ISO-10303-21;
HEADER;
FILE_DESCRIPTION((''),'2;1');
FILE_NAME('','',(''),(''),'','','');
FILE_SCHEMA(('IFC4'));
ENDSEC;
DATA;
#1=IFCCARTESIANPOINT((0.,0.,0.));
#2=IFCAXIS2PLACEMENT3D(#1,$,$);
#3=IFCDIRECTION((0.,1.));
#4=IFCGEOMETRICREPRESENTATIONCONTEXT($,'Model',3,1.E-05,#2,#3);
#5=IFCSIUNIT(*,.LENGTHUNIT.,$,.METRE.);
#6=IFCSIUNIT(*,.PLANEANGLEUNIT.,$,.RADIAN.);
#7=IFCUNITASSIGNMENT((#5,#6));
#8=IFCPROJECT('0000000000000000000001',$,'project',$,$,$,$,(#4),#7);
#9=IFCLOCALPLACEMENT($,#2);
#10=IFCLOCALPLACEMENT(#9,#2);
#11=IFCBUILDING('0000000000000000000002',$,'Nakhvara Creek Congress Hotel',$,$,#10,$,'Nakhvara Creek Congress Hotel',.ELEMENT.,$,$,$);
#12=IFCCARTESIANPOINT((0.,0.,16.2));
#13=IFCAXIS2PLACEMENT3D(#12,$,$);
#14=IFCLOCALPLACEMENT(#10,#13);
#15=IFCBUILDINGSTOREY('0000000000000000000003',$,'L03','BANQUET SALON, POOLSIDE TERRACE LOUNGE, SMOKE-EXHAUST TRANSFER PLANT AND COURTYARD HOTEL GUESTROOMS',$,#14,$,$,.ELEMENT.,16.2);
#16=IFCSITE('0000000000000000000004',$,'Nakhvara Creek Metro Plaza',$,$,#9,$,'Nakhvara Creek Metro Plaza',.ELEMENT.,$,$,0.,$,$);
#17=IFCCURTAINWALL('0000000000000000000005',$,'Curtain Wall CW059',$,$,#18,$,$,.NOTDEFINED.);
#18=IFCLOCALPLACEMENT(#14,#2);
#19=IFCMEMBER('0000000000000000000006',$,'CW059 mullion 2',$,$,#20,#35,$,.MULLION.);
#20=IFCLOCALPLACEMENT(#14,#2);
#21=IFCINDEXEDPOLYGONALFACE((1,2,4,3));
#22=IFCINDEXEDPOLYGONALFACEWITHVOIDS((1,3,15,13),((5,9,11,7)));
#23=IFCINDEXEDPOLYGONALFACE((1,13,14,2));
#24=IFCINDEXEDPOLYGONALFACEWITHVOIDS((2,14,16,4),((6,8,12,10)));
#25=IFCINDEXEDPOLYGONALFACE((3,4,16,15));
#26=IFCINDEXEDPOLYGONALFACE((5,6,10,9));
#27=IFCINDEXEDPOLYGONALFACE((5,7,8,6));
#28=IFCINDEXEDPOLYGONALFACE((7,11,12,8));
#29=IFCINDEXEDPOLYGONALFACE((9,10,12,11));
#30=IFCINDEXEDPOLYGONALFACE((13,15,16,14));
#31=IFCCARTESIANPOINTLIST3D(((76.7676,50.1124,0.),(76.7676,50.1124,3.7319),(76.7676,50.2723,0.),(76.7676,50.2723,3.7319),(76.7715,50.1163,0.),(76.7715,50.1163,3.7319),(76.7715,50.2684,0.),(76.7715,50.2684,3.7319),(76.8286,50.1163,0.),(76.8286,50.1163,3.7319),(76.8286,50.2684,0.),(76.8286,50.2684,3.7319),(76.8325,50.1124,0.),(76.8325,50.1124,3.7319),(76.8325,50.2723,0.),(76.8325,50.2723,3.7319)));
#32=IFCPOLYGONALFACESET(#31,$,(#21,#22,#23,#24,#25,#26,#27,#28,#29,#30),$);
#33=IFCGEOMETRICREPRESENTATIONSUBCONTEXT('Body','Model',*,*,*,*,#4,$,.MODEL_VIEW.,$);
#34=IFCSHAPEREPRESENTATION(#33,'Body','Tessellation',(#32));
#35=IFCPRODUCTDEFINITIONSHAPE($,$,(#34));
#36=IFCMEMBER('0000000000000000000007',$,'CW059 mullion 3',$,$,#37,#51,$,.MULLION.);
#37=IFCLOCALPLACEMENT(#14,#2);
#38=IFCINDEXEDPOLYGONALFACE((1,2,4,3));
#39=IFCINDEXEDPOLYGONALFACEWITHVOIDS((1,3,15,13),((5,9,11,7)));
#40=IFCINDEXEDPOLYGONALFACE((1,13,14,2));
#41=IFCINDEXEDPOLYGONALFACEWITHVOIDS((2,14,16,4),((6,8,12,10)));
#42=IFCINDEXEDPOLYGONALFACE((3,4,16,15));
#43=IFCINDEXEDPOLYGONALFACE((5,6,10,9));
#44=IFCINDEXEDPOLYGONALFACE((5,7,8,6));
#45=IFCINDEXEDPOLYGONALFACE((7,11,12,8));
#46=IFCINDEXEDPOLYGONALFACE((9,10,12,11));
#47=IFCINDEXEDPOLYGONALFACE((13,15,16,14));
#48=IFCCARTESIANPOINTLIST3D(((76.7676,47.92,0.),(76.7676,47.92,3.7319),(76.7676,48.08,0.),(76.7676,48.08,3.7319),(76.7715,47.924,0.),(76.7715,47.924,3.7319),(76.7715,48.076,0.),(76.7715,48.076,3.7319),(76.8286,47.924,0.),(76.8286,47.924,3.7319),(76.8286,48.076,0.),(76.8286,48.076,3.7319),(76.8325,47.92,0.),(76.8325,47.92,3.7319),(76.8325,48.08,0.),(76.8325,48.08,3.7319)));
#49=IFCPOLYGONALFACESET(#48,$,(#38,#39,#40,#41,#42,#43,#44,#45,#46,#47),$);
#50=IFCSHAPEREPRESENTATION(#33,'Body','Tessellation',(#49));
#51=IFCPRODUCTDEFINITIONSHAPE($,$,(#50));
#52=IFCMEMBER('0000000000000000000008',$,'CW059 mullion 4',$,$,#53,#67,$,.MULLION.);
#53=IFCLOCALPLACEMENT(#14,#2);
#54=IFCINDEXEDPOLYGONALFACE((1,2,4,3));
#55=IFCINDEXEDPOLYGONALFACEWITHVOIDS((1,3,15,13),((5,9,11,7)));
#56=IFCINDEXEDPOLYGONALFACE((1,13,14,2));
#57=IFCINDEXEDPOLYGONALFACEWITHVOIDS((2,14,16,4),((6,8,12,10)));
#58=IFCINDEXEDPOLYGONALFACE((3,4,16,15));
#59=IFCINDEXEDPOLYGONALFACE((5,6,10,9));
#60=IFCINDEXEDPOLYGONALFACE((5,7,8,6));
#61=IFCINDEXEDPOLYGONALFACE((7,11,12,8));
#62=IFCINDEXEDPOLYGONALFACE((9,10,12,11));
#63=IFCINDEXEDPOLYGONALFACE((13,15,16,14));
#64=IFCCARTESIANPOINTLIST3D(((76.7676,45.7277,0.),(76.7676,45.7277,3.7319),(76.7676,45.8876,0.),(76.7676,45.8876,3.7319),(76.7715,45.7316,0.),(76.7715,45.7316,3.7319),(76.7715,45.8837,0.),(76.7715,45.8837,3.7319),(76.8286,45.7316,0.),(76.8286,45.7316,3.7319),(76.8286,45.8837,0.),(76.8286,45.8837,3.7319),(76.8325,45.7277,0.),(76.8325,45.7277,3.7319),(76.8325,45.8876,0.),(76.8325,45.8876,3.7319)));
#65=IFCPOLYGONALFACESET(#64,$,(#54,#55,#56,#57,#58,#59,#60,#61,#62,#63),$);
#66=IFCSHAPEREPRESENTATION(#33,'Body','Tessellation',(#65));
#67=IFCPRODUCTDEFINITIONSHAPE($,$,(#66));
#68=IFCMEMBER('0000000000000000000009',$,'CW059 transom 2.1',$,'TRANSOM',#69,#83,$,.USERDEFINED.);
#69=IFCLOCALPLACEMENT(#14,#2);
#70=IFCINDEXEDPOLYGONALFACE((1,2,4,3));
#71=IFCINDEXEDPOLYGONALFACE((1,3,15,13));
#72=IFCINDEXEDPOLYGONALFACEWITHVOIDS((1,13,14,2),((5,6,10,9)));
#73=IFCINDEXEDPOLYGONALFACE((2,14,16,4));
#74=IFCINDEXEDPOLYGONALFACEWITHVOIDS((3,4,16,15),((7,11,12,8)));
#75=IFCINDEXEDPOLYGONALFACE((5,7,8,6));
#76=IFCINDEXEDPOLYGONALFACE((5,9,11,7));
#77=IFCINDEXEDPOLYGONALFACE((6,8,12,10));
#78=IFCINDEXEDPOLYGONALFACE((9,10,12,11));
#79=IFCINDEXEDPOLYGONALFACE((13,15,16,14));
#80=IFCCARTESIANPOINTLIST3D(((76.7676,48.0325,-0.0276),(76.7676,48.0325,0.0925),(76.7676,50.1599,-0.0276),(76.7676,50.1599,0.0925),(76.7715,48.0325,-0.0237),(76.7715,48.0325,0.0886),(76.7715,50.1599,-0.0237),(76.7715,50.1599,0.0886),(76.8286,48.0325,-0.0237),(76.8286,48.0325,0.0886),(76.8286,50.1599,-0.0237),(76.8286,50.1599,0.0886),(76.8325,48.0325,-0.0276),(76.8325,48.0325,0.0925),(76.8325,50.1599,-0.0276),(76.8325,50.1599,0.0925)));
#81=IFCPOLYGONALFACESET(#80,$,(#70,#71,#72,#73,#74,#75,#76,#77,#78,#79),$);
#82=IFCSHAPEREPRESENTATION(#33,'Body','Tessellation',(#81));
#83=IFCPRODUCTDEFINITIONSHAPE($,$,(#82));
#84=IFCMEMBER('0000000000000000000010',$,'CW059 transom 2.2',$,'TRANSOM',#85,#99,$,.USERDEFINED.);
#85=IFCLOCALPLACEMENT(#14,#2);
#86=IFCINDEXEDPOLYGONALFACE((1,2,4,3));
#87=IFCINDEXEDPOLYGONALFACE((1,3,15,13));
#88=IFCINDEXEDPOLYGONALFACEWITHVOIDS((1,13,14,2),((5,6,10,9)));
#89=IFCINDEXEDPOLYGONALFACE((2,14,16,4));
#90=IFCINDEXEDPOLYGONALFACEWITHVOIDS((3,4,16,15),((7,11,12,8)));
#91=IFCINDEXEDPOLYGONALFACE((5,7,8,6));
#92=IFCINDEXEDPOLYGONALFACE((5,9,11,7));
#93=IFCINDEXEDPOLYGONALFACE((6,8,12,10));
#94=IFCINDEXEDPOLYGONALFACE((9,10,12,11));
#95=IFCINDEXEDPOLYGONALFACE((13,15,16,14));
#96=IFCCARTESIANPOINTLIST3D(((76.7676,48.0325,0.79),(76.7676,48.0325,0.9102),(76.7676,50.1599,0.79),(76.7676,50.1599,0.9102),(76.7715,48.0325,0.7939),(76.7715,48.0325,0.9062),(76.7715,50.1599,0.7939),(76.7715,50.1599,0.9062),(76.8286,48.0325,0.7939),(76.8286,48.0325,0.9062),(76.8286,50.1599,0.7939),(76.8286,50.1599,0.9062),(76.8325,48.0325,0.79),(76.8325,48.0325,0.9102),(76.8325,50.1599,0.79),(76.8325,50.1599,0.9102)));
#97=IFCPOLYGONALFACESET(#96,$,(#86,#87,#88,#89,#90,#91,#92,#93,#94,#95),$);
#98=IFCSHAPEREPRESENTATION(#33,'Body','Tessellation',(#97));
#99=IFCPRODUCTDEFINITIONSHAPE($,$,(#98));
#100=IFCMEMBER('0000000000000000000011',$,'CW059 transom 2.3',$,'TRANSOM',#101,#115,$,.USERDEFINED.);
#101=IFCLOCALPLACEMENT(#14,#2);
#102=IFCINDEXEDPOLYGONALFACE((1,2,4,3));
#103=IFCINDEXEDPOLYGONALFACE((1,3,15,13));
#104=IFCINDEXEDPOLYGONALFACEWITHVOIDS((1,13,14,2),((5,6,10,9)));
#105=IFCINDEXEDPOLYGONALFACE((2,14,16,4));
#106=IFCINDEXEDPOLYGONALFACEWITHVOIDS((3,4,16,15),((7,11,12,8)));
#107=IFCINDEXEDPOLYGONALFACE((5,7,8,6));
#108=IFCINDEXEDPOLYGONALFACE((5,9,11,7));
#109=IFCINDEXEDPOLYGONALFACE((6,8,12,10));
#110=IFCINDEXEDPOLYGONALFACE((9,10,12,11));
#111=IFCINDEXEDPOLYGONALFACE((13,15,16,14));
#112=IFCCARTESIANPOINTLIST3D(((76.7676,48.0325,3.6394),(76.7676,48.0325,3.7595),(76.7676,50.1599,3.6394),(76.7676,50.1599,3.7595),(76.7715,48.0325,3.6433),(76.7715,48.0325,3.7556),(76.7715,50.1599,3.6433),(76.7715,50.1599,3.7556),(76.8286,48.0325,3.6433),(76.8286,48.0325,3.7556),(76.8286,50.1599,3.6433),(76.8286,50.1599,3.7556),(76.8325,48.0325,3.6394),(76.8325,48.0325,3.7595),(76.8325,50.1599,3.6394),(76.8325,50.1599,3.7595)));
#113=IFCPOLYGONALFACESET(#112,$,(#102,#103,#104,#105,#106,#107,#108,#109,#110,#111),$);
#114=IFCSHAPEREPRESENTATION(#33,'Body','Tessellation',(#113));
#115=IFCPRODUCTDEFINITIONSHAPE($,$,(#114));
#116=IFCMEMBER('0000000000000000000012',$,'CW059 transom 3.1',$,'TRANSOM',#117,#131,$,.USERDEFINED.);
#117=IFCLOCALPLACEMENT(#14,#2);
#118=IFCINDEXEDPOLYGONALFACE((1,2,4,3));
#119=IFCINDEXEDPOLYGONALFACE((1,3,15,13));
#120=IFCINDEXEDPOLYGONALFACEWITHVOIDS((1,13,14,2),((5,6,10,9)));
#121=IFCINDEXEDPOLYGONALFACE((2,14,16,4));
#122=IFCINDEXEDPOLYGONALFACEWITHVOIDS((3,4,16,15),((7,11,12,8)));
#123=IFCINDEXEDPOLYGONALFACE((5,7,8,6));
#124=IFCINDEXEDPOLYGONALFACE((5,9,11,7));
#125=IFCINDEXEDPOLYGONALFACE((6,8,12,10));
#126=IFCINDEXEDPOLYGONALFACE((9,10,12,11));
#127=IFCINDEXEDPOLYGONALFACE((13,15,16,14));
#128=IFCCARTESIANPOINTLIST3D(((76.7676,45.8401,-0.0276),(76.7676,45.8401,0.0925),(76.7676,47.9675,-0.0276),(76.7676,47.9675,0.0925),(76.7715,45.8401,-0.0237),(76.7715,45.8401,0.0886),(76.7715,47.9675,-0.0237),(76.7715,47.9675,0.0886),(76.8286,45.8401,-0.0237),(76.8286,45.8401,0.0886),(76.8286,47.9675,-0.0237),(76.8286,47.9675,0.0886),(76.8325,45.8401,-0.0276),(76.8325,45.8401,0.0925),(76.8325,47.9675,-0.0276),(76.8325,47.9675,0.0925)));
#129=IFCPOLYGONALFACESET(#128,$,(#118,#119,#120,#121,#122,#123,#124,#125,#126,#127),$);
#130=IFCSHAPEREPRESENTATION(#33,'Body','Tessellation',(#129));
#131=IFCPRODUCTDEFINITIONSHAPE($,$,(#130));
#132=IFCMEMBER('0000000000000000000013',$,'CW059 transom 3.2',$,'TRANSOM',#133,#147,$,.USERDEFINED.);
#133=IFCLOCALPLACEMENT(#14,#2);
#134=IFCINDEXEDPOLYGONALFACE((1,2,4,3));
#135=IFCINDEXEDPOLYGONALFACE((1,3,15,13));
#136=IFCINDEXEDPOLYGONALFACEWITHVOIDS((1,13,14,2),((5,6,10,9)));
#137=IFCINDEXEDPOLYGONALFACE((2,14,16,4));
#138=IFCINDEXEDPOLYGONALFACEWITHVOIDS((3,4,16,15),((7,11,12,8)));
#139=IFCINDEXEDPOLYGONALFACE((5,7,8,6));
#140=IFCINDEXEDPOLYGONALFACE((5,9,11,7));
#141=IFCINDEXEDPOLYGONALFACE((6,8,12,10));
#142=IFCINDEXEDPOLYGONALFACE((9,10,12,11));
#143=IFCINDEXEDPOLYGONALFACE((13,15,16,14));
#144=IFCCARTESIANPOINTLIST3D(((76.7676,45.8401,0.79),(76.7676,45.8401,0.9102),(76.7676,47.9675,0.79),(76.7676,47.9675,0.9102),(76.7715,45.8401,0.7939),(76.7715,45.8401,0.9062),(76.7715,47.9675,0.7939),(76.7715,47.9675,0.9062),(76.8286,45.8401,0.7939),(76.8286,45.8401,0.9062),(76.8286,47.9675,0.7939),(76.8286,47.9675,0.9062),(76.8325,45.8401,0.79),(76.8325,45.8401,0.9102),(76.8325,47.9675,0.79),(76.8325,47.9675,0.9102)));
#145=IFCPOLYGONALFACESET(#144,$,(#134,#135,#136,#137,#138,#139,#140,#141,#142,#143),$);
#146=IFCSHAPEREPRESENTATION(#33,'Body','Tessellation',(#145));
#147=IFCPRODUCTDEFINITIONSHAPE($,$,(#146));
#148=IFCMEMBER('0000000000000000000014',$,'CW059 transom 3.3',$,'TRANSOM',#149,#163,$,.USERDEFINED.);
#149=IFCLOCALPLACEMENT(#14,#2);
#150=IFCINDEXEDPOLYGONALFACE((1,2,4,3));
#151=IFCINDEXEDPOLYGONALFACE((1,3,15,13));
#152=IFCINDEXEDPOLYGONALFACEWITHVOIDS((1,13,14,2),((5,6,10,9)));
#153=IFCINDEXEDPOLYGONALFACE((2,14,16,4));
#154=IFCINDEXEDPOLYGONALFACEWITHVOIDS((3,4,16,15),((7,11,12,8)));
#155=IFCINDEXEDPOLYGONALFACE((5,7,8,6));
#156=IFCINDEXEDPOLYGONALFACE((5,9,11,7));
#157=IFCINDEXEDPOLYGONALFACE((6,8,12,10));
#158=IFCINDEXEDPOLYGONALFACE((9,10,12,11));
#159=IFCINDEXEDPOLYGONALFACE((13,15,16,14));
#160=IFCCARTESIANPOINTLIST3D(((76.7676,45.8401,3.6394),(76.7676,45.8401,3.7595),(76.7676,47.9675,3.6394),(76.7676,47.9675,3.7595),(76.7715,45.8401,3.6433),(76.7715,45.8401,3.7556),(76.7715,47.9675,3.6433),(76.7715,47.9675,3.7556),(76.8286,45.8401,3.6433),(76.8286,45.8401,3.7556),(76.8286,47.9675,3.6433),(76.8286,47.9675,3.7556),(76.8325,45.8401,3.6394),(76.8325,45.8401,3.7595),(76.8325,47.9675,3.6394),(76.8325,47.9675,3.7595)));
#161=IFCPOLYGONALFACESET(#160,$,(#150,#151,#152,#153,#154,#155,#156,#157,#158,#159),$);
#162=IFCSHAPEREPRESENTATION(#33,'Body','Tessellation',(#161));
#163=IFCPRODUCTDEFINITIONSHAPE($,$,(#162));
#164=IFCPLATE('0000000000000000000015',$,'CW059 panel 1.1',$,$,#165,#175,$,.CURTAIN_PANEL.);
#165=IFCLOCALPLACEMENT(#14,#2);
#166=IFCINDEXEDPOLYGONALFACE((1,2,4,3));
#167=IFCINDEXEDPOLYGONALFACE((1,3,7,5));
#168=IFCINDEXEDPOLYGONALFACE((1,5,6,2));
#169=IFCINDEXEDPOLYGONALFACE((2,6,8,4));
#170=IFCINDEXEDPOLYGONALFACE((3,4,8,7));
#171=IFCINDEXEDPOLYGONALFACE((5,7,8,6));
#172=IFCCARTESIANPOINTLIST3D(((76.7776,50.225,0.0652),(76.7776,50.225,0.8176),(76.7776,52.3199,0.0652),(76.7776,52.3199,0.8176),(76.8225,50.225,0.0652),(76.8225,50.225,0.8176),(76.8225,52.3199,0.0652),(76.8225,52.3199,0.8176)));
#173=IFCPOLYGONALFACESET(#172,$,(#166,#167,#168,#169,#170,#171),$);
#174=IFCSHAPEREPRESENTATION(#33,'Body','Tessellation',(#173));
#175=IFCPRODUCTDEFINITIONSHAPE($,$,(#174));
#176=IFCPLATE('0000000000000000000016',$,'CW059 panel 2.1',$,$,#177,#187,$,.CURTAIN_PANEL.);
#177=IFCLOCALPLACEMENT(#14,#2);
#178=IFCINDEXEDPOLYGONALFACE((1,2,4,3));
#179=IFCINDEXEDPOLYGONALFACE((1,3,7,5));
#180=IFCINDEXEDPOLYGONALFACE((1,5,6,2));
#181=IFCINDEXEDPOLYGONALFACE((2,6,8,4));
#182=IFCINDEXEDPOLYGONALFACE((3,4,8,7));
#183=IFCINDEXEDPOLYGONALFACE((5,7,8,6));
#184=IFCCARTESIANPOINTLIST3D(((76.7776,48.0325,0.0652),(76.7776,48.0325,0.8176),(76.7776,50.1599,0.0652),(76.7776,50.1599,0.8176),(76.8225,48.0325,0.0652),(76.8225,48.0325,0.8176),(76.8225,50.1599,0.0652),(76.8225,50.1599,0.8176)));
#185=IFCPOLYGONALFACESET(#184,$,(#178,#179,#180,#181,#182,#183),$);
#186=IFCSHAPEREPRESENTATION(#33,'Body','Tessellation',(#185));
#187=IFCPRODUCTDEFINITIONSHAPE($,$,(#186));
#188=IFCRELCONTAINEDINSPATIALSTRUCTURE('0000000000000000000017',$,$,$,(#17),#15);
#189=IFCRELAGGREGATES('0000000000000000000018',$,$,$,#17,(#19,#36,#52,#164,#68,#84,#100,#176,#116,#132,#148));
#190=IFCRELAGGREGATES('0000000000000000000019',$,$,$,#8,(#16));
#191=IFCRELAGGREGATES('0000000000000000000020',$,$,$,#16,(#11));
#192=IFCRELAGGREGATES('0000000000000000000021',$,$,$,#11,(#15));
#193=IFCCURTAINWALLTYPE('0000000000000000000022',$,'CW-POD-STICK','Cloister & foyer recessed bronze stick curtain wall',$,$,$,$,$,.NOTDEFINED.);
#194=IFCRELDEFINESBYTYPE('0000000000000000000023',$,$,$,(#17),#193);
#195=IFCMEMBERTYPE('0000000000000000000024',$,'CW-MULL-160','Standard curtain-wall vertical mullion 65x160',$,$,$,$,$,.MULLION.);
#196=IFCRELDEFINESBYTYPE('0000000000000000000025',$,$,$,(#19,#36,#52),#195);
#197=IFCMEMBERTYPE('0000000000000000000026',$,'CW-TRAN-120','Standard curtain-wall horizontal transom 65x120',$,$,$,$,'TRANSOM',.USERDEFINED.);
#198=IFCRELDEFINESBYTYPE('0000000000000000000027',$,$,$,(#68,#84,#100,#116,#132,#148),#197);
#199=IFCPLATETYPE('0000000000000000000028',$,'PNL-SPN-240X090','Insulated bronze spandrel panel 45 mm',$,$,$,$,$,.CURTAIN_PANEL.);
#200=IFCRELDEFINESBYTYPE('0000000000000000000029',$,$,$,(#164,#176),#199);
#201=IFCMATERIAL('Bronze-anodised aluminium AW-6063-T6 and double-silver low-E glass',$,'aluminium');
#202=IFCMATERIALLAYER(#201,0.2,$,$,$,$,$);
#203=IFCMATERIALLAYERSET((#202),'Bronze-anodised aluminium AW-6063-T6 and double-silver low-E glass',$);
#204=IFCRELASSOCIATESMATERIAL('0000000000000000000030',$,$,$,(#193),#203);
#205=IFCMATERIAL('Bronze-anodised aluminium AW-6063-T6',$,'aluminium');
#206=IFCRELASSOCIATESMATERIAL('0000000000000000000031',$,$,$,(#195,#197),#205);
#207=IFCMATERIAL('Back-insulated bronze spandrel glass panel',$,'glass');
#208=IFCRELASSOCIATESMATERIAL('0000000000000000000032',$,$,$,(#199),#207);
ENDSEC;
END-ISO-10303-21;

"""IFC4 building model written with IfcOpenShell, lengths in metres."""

from ifc_helpers import new_model, si_unit, direction, frame, origin, origin_2d, place, context, subcontext, project, spatial, rectangle, hollow_rectangle, extrude, material, layer, layer_set, material_profile, profile_set, type_object, element, aggregate, save


model = new_model("IFC4")

# Units and contexts
model_context = context("Model", 3, precision=1e-05, world=origin(), true_north=direction((0.0, 1.0)))
body_context = subcontext(model_context, "Body", "Model", "MODEL_VIEW")
ifc_project = project(units=[si_unit("LENGTHUNIT", "METRE"), si_unit("PLANEANGLEUNIT", "RADIAN")], contexts=[model_context])

# Site, building, storey
site_placement = place(None, origin())
site = spatial("IfcSite", under=ifc_project, at=site_placement, Name="Nakhvara Creek Metro Plaza", LongName="Nakhvara Creek Metro Plaza", CompositionType="ELEMENT", RefElevation=0.0)
building_placement = place(site_placement, origin())
building = spatial("IfcBuilding", under=site, at=building_placement, Name="Nakhvara Creek Congress Hotel", LongName="Nakhvara Creek Congress Hotel", CompositionType="ELEMENT")
storey_placement = place(building_placement, frame((0.0, 0.0, 16.2)))
storey = spatial("IfcBuildingStorey", under=building, at=storey_placement, Name="L03", Description="BANQUET SALON, POOLSIDE TERRACE LOUNGE, SMOKE-EXHAUST TRANSFER PLANT AND COURTYARD HOTEL GUESTROOMS", CompositionType="ELEMENT", Elevation=16.2)

# Curtain wall, members, plates
ifc_material_1 = material(Name="Bronze-anodised aluminium AW-6063-T6 and double-silver low-E glass", Category="aluminium")
ifc_layer = layer(ifc_material_1, 0.2)
ifc_layer_set = layer_set([ifc_layer], Name="Bronze-anodised aluminium AW-6063-T6 and double-silver low-E glass")
curtain_wall_type = type_object("IfcCurtainWallType", Name="CW-POD-STICK", Description="Cloister & foyer recessed bronze stick curtain wall", PredefinedType="NOTDEFINED", material=ifc_layer_set)
curtain_wall_placement = place(storey_placement, origin())
curtain_wall = element("IfcCurtainWall", 1, at=curtain_wall_placement, inside=storey, type_object=curtain_wall_type, Name="Curtain Wall CW059", PredefinedType="NOTDEFINED")
ifc_material_2 = material(Name="Bronze-anodised aluminium AW-6063-T6", Category="aluminium")
ifc_material_profile_1 = material_profile(ifc_material_2, hollow_rectangle(XDim=0.0649, YDim=0.1599, WallThickness=0.0039, at=origin_2d()), Name="ALU-MULL 65x160x4", Category="LoadBearing")
ifc_profile_set_1 = profile_set([ifc_material_profile_1], Name="Bronze-anodised aluminium AW-6063-T6")
member_type_1 = type_object("IfcMemberType", Name="CW-MULL-160", Description="Standard curtain-wall vertical mullion 65x160", PredefinedType="MULLION", material=ifc_profile_set_1)
member_1_placement = place(storey_placement, frame((76.8, 50.1924, 0.0), z_axis=(0.0, 0.0, 1.0), x_axis=(1.0, 0.0, 0.0)))
member_1 = element("IfcMember", 2, at=member_1_placement, type_object=member_type_1, Name="CW059 mullion 2", PredefinedType="MULLION", context=body_context, shape_type="SweptSolid", body=[
    extrude(hollow_rectangle(XDim=0.0649, YDim=0.1599, WallThickness=0.0039, at=origin_2d()), origin(), (0.0, 0.0, 1.0), 3.7319),
])
member_2_placement = place(storey_placement, frame((76.8, 48.0, 0.0), z_axis=(0.0, 0.0, 1.0), x_axis=(1.0, 0.0, 0.0)))
member_2 = element("IfcMember", 3, at=member_2_placement, type_object=member_type_1, Name="CW059 mullion 3", PredefinedType="MULLION", context=body_context, shape_type="SweptSolid", body=[
    extrude(hollow_rectangle(XDim=0.0649, YDim=0.1599, WallThickness=0.0039, at=origin_2d()), origin(), (0.0, 0.0, 1.0), 3.7319),
])
member_3_placement = place(storey_placement, frame((76.8, 45.8076, 0.0), z_axis=(0.0, 0.0, 1.0), x_axis=(1.0, 0.0, 0.0)))
member_3 = element("IfcMember", 4, at=member_3_placement, type_object=member_type_1, Name="CW059 mullion 4", PredefinedType="MULLION", context=body_context, shape_type="SweptSolid", body=[
    extrude(hollow_rectangle(XDim=0.0649, YDim=0.1599, WallThickness=0.0039, at=origin_2d()), origin(), (0.0, 0.0, 1.0), 3.7319),
])
ifc_material_profile_2 = material_profile(ifc_material_2, hollow_rectangle(XDim=0.0649, YDim=0.1201, WallThickness=0.0039, at=origin_2d()), Name="ALU-TRAN 65x120x4", Category="LoadBearing")
ifc_profile_set_2 = profile_set([ifc_material_profile_2], Name="Bronze-anodised aluminium AW-6063-T6")
member_type_2 = type_object("IfcMemberType", Name="CW-TRAN-120", Description="Standard curtain-wall horizontal transom 65x120", ElementType="TRANSOM", PredefinedType="USERDEFINED", material=ifc_profile_set_2)
member_4_placement = place(storey_placement, frame((76.8, 50.1599, 0.0325), z_axis=(0.0, -1.0, 0.0), x_axis=(1.0, 0.0, 0.0)))
member_4 = element("IfcMember", 5, at=member_4_placement, type_object=member_type_2, Name="CW059 transom 2.1", ObjectType="TRANSOM", PredefinedType="USERDEFINED", context=body_context, shape_type="SweptSolid", body=[
    extrude(hollow_rectangle(XDim=0.0649, YDim=0.1201, WallThickness=0.0039, at=origin_2d()), origin(), (0.0, 0.0, 1.0), 2.1274),
])
member_5_placement = place(storey_placement, frame((76.8, 50.1599, 0.8501), z_axis=(0.0, -1.0, 0.0), x_axis=(1.0, 0.0, 0.0)))
member_5 = element("IfcMember", 6, at=member_5_placement, type_object=member_type_2, Name="CW059 transom 2.2", ObjectType="TRANSOM", PredefinedType="USERDEFINED", context=body_context, shape_type="SweptSolid", body=[
    extrude(hollow_rectangle(XDim=0.0649, YDim=0.1201, WallThickness=0.0039, at=origin_2d()), origin(), (0.0, 0.0, 1.0), 2.1274),
])
member_6_placement = place(storey_placement, frame((76.8, 50.1599, 3.6995), z_axis=(0.0, -1.0, 0.0), x_axis=(1.0, 0.0, 0.0)))
member_6 = element("IfcMember", 7, at=member_6_placement, type_object=member_type_2, Name="CW059 transom 2.3", ObjectType="TRANSOM", PredefinedType="USERDEFINED", context=body_context, shape_type="SweptSolid", body=[
    extrude(hollow_rectangle(XDim=0.0649, YDim=0.1201, WallThickness=0.0039, at=origin_2d()), origin(), (0.0, 0.0, 1.0), 2.1274),
])
member_7_placement = place(storey_placement, frame((76.8, 47.9675, 0.0325), z_axis=(0.0, -1.0, 0.0), x_axis=(1.0, 0.0, 0.0)))
member_7 = element("IfcMember", 8, at=member_7_placement, type_object=member_type_2, Name="CW059 transom 3.1", ObjectType="TRANSOM", PredefinedType="USERDEFINED", context=body_context, shape_type="SweptSolid", body=[
    extrude(hollow_rectangle(XDim=0.0649, YDim=0.1201, WallThickness=0.0039, at=origin_2d()), origin(), (0.0, 0.0, 1.0), 2.1274),
])
member_8_placement = place(storey_placement, frame((76.8, 47.9675, 0.8501), z_axis=(0.0, -1.0, 0.0), x_axis=(1.0, 0.0, 0.0)))
member_8 = element("IfcMember", 9, at=member_8_placement, type_object=member_type_2, Name="CW059 transom 3.2", ObjectType="TRANSOM", PredefinedType="USERDEFINED", context=body_context, shape_type="SweptSolid", body=[
    extrude(hollow_rectangle(XDim=0.0649, YDim=0.1201, WallThickness=0.0039, at=origin_2d()), origin(), (0.0, 0.0, 1.0), 2.1274),
])
member_9_placement = place(storey_placement, frame((76.8, 47.9675, 3.6995), z_axis=(0.0, -1.0, 0.0), x_axis=(1.0, 0.0, 0.0)))
member_9 = element("IfcMember", 10, at=member_9_placement, type_object=member_type_2, Name="CW059 transom 3.3", ObjectType="TRANSOM", PredefinedType="USERDEFINED", context=body_context, shape_type="SweptSolid", body=[
    extrude(hollow_rectangle(XDim=0.0649, YDim=0.1201, WallThickness=0.0039, at=origin_2d()), origin(), (0.0, 0.0, 1.0), 2.1274),
])
ifc_material_3 = material(Name="Back-insulated bronze spandrel glass panel", Category="glass")
plate_type = type_object("IfcPlateType", Name="PNL-SPN-240X090", Description="Insulated bronze spandrel panel 45 mm", PredefinedType="CURTAIN_PANEL", material=ifc_material_3)
plate_1_placement = place(storey_placement, frame((76.8, 51.2725, 0.0652), z_axis=(0.0, 0.0, 1.0), x_axis=(0.0, -1.0, 0.0)))
plate_1 = element("IfcPlate", 11, at=plate_1_placement, type_object=plate_type, Name="CW059 panel 1.1", PredefinedType="CURTAIN_PANEL", context=body_context, shape_type="SweptSolid", body=[
    extrude(rectangle(XDim=2.095, YDim=0.0449, at=origin_2d()), origin(), (0.0, 0.0, 1.0), 0.7524),
])
plate_2_placement = place(storey_placement, frame((76.8, 49.0962, 0.0652), z_axis=(0.0, 0.0, 1.0), x_axis=(0.0, -1.0, 0.0)))
plate_2 = element("IfcPlate", 12, at=plate_2_placement, type_object=plate_type, Name="CW059 panel 2.1", PredefinedType="CURTAIN_PANEL", context=body_context, shape_type="SweptSolid", body=[
    extrude(rectangle(XDim=2.1274, YDim=0.0449, at=origin_2d()), origin(), (0.0, 0.0, 1.0), 0.7524),
])
aggregate(curtain_wall, [member_1, member_2, member_3, plate_1, member_4, member_5, member_6, plate_2, member_7, member_8, member_9])

save(model, "model.ifc")
